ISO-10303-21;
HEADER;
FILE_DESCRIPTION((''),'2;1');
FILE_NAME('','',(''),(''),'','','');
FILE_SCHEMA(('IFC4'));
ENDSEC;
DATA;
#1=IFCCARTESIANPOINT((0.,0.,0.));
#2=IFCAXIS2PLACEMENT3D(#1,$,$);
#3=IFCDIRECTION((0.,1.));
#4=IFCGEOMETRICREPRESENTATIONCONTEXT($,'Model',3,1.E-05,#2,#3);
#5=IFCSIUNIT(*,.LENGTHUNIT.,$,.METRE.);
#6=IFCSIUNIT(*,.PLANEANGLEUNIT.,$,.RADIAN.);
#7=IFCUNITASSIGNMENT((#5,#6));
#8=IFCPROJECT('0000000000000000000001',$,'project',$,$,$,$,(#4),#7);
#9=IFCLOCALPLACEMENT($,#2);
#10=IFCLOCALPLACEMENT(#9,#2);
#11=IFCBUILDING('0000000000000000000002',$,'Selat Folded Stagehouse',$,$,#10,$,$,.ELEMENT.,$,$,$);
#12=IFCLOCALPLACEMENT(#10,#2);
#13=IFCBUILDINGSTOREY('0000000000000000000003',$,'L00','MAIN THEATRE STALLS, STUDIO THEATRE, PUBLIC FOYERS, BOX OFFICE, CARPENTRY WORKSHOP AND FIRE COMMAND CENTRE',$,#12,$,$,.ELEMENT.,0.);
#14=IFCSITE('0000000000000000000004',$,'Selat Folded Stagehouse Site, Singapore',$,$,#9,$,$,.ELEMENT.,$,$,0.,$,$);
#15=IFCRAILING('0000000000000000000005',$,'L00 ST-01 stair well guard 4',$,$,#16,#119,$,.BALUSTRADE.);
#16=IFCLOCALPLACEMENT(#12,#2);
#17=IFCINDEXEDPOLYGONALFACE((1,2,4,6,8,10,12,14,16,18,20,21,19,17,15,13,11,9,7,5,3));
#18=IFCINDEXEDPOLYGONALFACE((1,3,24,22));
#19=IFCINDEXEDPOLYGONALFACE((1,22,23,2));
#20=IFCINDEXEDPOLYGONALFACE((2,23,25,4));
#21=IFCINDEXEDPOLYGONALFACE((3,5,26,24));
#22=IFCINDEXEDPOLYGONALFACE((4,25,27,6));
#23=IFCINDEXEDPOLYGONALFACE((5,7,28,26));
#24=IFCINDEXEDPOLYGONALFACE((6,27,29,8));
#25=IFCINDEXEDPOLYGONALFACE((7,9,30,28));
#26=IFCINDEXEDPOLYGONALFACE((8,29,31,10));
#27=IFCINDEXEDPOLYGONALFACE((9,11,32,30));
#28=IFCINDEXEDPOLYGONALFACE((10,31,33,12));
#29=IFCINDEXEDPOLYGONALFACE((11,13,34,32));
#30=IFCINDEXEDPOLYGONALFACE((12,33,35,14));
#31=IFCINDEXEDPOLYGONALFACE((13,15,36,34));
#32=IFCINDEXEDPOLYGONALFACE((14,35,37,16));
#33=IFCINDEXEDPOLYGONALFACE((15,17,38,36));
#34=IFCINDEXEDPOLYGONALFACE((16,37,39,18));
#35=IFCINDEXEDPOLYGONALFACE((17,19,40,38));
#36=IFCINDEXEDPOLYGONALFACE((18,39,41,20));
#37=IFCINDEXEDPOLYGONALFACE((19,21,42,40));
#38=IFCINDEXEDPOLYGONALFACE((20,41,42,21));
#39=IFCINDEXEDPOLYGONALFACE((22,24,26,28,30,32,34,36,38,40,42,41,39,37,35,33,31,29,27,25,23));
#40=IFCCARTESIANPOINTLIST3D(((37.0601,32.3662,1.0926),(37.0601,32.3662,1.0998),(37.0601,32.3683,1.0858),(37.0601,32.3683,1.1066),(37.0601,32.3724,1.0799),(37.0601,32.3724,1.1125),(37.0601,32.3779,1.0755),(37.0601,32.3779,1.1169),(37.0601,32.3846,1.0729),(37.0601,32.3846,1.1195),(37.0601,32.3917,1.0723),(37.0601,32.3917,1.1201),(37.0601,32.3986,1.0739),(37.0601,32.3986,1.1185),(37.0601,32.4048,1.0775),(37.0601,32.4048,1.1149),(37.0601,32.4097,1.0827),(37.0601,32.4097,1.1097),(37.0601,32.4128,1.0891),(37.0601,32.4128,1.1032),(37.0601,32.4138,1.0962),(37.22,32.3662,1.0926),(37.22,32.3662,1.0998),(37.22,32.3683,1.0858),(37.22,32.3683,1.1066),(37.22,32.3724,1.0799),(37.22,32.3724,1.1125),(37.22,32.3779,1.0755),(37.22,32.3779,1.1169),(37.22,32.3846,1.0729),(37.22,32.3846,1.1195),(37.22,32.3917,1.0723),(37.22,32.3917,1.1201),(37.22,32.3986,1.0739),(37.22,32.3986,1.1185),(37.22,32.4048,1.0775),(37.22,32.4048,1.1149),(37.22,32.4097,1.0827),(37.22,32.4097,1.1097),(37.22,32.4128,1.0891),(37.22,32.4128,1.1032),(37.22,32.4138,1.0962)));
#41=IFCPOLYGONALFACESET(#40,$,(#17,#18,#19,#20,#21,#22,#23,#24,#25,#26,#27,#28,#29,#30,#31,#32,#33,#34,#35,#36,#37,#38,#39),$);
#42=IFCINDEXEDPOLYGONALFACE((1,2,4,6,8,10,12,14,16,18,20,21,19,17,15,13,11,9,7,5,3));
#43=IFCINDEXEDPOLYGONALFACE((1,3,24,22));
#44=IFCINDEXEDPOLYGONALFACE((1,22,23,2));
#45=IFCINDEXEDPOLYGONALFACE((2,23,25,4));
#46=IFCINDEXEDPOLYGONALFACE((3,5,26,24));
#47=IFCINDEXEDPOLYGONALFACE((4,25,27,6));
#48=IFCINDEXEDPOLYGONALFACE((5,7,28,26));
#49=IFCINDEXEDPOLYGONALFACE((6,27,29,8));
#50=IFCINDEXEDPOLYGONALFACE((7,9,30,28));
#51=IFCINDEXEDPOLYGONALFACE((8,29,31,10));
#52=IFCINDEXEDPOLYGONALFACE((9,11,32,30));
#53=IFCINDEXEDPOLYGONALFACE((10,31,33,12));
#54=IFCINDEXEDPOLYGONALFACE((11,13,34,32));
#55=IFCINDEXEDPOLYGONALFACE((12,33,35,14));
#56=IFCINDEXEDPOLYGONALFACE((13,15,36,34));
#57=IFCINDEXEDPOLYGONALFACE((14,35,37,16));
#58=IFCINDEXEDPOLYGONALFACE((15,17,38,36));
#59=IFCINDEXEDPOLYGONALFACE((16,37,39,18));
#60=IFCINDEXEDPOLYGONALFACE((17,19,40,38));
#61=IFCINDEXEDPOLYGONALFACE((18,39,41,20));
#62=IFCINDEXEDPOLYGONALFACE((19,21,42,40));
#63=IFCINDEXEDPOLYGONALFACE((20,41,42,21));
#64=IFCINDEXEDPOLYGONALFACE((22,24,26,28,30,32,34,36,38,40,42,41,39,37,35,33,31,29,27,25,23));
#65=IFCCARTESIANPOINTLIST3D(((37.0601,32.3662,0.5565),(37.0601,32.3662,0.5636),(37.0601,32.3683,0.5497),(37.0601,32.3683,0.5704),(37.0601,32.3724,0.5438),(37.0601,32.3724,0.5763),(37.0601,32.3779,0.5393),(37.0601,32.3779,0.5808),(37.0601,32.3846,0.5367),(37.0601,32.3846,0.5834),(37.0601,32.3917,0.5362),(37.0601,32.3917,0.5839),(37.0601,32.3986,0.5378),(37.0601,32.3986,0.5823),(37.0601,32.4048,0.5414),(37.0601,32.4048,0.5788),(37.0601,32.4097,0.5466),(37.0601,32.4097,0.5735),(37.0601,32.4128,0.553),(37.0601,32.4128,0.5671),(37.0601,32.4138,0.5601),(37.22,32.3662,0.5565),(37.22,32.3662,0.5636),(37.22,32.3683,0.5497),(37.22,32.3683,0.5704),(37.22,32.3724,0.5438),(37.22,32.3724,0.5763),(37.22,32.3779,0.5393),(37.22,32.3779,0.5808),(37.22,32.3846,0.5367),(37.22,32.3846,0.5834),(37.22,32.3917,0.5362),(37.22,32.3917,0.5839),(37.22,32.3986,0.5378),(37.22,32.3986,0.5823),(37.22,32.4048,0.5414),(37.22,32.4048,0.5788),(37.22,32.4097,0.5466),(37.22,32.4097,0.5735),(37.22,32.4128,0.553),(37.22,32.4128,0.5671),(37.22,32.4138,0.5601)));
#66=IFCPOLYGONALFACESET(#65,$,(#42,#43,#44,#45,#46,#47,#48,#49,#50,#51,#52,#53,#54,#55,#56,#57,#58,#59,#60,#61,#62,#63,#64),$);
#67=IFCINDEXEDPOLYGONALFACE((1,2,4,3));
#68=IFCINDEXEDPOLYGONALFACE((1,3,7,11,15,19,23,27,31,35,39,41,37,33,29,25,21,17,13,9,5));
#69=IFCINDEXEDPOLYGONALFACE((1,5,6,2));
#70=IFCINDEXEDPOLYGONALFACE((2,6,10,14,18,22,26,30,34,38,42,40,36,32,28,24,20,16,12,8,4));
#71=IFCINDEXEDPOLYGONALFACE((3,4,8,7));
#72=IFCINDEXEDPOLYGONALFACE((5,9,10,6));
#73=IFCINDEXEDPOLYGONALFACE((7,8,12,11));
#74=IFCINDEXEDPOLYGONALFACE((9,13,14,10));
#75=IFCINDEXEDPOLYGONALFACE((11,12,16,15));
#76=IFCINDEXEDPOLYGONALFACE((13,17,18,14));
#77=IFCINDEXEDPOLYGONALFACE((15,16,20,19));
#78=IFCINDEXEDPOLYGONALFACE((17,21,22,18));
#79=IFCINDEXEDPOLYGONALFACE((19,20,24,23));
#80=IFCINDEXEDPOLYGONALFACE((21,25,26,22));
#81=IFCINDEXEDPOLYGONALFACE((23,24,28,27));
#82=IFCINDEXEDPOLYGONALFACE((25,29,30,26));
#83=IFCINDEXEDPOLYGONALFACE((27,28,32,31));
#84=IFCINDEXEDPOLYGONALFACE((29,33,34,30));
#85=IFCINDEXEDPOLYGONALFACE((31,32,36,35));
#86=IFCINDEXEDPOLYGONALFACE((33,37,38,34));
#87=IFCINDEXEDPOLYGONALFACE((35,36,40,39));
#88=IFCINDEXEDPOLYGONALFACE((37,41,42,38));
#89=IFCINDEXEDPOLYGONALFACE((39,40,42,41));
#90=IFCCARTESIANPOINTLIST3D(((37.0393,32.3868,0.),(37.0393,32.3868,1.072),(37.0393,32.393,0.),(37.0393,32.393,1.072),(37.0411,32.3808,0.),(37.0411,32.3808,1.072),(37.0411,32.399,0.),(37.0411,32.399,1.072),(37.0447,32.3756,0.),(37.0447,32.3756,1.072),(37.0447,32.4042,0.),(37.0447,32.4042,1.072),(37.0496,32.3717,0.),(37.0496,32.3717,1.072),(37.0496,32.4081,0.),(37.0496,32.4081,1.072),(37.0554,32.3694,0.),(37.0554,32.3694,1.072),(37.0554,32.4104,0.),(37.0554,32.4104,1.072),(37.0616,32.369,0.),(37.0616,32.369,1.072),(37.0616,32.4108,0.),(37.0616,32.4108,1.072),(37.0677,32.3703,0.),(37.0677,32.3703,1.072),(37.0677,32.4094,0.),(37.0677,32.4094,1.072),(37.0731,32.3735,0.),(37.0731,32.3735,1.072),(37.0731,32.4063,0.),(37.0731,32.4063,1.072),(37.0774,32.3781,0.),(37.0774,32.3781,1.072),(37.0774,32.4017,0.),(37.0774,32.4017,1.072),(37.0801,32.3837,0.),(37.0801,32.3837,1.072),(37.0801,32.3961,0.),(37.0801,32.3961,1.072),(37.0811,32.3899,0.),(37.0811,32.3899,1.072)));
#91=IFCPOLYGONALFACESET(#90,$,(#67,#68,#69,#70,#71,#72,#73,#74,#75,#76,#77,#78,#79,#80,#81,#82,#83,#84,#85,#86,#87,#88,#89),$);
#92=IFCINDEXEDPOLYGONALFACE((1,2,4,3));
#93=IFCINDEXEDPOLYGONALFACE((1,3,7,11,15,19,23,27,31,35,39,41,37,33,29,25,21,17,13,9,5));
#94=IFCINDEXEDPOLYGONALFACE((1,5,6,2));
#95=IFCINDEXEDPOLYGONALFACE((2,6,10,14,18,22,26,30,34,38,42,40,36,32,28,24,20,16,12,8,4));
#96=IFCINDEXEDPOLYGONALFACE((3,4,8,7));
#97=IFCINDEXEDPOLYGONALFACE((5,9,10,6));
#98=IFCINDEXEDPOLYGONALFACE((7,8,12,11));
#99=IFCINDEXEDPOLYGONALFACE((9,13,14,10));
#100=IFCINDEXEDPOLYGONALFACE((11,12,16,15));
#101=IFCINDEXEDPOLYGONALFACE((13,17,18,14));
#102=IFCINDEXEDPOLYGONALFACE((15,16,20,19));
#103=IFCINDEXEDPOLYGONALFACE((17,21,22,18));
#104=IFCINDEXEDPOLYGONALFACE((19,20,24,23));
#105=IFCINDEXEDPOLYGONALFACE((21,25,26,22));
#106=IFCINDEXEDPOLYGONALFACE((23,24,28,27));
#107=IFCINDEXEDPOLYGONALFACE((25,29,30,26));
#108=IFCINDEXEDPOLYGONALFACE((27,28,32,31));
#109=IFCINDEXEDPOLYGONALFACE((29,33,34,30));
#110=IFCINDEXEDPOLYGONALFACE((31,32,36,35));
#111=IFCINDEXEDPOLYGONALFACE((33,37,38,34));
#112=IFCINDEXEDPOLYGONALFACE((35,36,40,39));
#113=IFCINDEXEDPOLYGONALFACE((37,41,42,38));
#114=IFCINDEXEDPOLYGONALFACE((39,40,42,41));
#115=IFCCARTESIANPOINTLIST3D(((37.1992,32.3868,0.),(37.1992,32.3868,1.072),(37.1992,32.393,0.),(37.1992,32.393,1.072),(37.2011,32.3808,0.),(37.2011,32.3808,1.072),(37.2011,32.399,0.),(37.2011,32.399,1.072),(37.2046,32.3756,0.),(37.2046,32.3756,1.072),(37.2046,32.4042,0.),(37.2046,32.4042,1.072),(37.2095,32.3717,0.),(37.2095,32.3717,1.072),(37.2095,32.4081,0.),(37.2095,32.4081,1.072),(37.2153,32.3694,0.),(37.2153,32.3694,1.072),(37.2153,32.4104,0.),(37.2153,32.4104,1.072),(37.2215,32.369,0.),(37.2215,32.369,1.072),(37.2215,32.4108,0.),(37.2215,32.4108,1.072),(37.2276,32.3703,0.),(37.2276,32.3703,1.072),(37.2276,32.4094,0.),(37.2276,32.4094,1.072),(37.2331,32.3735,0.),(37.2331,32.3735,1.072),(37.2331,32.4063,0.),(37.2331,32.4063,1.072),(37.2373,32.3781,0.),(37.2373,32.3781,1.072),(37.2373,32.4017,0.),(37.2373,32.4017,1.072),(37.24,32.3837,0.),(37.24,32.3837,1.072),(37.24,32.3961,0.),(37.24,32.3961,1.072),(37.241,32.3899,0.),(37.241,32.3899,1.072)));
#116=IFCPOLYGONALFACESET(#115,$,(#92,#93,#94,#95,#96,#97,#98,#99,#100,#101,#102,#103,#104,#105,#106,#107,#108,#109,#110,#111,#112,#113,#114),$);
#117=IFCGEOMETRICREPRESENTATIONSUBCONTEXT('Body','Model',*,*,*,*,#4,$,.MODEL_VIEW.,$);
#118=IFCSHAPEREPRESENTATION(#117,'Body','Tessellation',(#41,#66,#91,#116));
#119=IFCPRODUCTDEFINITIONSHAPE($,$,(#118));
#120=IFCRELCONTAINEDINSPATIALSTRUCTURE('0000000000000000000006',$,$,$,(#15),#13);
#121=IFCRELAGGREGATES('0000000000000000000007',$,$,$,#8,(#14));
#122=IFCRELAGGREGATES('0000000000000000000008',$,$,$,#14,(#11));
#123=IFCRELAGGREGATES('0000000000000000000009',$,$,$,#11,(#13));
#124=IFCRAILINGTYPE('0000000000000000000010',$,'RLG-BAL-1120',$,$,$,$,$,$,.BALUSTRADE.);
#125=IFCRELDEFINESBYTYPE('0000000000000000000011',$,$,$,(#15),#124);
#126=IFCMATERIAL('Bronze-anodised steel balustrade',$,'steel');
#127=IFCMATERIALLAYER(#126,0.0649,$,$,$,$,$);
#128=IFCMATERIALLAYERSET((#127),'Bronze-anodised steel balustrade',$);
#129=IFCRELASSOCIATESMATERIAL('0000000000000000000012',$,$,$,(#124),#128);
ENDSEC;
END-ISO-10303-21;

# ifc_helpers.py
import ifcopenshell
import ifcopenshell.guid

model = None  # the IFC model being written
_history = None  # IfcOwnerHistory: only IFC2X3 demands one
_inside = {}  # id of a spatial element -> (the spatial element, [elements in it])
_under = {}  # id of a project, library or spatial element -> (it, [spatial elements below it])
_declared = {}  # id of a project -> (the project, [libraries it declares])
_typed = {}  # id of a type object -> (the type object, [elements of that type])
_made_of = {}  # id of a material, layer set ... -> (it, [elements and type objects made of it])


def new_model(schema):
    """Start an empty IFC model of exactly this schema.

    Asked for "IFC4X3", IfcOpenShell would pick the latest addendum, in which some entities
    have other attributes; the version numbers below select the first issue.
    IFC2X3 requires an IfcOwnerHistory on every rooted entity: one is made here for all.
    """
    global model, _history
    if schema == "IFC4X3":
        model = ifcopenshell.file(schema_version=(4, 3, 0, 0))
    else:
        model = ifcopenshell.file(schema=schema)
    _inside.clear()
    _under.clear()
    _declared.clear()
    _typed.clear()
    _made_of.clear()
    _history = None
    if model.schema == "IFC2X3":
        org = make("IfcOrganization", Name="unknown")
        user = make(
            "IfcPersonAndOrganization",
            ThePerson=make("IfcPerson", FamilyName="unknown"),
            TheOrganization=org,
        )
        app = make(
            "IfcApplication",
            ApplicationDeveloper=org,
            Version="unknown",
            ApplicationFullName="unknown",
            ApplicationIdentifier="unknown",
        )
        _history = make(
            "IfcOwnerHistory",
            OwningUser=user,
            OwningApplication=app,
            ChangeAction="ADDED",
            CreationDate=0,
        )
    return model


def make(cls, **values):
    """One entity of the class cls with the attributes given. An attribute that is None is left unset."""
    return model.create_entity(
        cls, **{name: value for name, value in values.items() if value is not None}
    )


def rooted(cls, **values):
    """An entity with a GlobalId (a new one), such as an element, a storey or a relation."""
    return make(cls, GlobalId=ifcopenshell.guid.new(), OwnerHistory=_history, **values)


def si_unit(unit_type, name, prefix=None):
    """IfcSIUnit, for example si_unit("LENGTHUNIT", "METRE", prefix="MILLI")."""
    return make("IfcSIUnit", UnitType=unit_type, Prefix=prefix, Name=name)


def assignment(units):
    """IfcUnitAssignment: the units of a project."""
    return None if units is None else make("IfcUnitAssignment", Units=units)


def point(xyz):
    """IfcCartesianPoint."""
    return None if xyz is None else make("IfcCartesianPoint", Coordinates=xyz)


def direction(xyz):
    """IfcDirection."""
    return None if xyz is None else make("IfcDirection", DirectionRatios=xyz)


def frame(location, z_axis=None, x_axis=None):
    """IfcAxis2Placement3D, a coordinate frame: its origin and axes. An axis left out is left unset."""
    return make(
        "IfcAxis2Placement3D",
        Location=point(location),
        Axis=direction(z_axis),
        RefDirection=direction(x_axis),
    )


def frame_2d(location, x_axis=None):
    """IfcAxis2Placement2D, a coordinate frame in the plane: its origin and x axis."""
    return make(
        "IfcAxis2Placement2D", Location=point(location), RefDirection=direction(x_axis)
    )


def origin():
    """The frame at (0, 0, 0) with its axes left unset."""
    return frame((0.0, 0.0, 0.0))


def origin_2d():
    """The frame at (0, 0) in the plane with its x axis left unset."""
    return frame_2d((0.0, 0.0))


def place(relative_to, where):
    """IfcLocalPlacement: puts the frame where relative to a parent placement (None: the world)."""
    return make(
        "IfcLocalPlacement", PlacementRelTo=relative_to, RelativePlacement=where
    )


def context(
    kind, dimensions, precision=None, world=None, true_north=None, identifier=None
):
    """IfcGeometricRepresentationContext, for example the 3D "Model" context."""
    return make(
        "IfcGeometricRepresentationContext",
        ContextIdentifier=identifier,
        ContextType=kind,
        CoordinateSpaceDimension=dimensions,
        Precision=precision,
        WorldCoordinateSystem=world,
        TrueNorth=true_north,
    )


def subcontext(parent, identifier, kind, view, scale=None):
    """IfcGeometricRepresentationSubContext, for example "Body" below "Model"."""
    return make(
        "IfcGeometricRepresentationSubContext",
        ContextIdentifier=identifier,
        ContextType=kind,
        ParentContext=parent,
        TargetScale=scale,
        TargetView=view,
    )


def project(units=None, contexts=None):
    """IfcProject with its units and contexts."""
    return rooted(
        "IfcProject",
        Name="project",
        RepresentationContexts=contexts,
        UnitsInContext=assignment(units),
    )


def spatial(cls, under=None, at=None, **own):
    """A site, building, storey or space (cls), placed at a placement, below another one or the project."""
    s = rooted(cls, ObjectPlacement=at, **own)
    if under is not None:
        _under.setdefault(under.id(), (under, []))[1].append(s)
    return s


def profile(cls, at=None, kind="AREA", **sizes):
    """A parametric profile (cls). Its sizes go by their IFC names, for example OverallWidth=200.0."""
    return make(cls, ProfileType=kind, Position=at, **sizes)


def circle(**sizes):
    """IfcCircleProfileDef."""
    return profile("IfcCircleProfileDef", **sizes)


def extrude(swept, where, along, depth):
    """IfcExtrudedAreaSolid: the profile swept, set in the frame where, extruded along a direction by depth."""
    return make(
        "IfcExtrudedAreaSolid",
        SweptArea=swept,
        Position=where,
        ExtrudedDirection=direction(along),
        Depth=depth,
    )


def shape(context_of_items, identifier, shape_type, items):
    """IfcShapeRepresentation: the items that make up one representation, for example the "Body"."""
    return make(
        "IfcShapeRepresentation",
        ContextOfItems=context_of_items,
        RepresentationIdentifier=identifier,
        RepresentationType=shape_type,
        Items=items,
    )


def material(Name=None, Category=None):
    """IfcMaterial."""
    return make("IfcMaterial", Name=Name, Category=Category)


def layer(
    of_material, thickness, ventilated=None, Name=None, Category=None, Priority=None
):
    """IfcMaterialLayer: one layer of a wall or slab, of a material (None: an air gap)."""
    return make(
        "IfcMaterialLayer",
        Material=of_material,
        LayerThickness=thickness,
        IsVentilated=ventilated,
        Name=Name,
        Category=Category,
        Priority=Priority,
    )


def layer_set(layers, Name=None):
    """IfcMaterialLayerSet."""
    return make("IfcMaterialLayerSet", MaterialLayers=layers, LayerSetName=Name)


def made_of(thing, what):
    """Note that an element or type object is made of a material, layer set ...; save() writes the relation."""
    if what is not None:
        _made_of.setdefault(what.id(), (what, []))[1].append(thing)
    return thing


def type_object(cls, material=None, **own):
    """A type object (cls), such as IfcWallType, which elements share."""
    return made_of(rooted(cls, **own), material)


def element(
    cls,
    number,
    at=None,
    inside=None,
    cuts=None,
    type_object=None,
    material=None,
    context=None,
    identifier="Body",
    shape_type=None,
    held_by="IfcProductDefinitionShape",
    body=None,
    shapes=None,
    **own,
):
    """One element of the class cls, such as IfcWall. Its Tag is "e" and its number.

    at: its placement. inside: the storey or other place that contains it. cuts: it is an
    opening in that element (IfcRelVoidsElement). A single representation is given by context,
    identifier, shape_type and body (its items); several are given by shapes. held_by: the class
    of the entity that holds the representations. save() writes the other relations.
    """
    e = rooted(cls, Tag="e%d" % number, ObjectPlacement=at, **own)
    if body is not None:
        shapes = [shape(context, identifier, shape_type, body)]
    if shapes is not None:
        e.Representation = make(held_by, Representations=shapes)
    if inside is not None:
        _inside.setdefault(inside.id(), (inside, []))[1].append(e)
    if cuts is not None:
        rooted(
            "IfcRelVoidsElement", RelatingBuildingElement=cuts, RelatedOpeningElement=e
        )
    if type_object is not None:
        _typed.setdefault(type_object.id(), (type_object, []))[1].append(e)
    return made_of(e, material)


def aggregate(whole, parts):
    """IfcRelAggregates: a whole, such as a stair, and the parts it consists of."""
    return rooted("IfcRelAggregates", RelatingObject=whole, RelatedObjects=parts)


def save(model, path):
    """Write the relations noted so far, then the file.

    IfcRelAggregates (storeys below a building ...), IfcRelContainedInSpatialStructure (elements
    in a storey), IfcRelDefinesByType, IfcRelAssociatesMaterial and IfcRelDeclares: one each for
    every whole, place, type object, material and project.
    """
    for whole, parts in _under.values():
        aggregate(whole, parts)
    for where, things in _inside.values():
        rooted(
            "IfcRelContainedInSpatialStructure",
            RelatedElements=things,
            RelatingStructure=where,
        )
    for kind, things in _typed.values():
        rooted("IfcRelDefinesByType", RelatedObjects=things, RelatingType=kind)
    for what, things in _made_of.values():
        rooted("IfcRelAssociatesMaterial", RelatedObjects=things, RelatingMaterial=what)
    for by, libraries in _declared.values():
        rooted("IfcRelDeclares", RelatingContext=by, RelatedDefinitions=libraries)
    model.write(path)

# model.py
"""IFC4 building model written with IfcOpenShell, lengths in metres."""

from ifc_helpers import new_model, si_unit, direction, frame, origin, origin_2d, place, context, subcontext, project, spatial, circle, extrude, material, layer, layer_set, type_object, element, save


model = new_model("IFC4")

# Units and contexts
model_context = context("Model", 3, precision=1e-05, world=origin(), true_north=direction((0.0, 1.0)))
body_context = subcontext(model_context, "Body", "Model", "MODEL_VIEW")
ifc_project = project(units=[si_unit("LENGTHUNIT", "METRE"), si_unit("PLANEANGLEUNIT", "RADIAN")], contexts=[model_context])

# Site, building, storey
site_placement = place(None, origin())
site = spatial("IfcSite", under=ifc_project, at=site_placement, Name="Selat Folded Stagehouse Site, Singapore", CompositionType="ELEMENT", RefElevation=0.0)
building_placement = place(site_placement, origin())
building = spatial("IfcBuilding", under=site, at=building_placement, Name="Selat Folded Stagehouse", CompositionType="ELEMENT")
storey_placement = place(building_placement, origin())
storey = spatial("IfcBuildingStorey", under=building, at=storey_placement, Name="L00", Description="MAIN THEATRE STALLS, STUDIO THEATRE, PUBLIC FOYERS, BOX OFFICE, CARPENTRY WORKSHOP AND FIRE COMMAND CENTRE", CompositionType="ELEMENT", Elevation=0.0)

# Railing
ifc_material_1 = material(Name="Bronze-anodised steel balustrade", Category="steel")
ifc_layer_1 = layer(ifc_material_1, 0.0649)
ifc_layer_set_1 = layer_set([ifc_layer_1], Name="Bronze-anodised steel balustrade")
railing_type_1 = type_object("IfcRailingType", Name="RLG-BAL-1120", PredefinedType="BALUSTRADE", material=ifc_layer_set_1)
railing_1_placement = place(storey_placement, frame((37.0601, 32.3899, 0.0)))
element("IfcRailing", 1, at=railing_1_placement, inside=storey, type_object=railing_type_1, Name="L00 ST-01 stair well guard 4", PredefinedType="BALUSTRADE", context=body_context, shape_type="SweptSolid", body=[
    extrude(circle(Radius=0.0239, at=origin_2d()), frame((0.0, 0.0, 1.0962), z_axis=(1.0, 0.0, 0.0), x_axis=(0.0, 1.0, 0.0)), (0.0, 0.0, 1.0), 0.1599),
    extrude(circle(Radius=0.0239, at=origin_2d()), frame((0.0, 0.0, 0.5601), z_axis=(1.0, 0.0, 0.0), x_axis=(0.0, 1.0, 0.0)), (0.0, 0.0, 1.0), 0.1599),
    extrude(circle(Radius=0.021, at=origin_2d()), origin(), (0.0, 0.0, 1.0), 1.072),
    extrude(circle(Radius=0.021, at=origin_2d()), frame((0.1599, 0.0, 0.0)), (0.0, 0.0, 1.0), 1.072),
])

save(model, "model.ifc")
